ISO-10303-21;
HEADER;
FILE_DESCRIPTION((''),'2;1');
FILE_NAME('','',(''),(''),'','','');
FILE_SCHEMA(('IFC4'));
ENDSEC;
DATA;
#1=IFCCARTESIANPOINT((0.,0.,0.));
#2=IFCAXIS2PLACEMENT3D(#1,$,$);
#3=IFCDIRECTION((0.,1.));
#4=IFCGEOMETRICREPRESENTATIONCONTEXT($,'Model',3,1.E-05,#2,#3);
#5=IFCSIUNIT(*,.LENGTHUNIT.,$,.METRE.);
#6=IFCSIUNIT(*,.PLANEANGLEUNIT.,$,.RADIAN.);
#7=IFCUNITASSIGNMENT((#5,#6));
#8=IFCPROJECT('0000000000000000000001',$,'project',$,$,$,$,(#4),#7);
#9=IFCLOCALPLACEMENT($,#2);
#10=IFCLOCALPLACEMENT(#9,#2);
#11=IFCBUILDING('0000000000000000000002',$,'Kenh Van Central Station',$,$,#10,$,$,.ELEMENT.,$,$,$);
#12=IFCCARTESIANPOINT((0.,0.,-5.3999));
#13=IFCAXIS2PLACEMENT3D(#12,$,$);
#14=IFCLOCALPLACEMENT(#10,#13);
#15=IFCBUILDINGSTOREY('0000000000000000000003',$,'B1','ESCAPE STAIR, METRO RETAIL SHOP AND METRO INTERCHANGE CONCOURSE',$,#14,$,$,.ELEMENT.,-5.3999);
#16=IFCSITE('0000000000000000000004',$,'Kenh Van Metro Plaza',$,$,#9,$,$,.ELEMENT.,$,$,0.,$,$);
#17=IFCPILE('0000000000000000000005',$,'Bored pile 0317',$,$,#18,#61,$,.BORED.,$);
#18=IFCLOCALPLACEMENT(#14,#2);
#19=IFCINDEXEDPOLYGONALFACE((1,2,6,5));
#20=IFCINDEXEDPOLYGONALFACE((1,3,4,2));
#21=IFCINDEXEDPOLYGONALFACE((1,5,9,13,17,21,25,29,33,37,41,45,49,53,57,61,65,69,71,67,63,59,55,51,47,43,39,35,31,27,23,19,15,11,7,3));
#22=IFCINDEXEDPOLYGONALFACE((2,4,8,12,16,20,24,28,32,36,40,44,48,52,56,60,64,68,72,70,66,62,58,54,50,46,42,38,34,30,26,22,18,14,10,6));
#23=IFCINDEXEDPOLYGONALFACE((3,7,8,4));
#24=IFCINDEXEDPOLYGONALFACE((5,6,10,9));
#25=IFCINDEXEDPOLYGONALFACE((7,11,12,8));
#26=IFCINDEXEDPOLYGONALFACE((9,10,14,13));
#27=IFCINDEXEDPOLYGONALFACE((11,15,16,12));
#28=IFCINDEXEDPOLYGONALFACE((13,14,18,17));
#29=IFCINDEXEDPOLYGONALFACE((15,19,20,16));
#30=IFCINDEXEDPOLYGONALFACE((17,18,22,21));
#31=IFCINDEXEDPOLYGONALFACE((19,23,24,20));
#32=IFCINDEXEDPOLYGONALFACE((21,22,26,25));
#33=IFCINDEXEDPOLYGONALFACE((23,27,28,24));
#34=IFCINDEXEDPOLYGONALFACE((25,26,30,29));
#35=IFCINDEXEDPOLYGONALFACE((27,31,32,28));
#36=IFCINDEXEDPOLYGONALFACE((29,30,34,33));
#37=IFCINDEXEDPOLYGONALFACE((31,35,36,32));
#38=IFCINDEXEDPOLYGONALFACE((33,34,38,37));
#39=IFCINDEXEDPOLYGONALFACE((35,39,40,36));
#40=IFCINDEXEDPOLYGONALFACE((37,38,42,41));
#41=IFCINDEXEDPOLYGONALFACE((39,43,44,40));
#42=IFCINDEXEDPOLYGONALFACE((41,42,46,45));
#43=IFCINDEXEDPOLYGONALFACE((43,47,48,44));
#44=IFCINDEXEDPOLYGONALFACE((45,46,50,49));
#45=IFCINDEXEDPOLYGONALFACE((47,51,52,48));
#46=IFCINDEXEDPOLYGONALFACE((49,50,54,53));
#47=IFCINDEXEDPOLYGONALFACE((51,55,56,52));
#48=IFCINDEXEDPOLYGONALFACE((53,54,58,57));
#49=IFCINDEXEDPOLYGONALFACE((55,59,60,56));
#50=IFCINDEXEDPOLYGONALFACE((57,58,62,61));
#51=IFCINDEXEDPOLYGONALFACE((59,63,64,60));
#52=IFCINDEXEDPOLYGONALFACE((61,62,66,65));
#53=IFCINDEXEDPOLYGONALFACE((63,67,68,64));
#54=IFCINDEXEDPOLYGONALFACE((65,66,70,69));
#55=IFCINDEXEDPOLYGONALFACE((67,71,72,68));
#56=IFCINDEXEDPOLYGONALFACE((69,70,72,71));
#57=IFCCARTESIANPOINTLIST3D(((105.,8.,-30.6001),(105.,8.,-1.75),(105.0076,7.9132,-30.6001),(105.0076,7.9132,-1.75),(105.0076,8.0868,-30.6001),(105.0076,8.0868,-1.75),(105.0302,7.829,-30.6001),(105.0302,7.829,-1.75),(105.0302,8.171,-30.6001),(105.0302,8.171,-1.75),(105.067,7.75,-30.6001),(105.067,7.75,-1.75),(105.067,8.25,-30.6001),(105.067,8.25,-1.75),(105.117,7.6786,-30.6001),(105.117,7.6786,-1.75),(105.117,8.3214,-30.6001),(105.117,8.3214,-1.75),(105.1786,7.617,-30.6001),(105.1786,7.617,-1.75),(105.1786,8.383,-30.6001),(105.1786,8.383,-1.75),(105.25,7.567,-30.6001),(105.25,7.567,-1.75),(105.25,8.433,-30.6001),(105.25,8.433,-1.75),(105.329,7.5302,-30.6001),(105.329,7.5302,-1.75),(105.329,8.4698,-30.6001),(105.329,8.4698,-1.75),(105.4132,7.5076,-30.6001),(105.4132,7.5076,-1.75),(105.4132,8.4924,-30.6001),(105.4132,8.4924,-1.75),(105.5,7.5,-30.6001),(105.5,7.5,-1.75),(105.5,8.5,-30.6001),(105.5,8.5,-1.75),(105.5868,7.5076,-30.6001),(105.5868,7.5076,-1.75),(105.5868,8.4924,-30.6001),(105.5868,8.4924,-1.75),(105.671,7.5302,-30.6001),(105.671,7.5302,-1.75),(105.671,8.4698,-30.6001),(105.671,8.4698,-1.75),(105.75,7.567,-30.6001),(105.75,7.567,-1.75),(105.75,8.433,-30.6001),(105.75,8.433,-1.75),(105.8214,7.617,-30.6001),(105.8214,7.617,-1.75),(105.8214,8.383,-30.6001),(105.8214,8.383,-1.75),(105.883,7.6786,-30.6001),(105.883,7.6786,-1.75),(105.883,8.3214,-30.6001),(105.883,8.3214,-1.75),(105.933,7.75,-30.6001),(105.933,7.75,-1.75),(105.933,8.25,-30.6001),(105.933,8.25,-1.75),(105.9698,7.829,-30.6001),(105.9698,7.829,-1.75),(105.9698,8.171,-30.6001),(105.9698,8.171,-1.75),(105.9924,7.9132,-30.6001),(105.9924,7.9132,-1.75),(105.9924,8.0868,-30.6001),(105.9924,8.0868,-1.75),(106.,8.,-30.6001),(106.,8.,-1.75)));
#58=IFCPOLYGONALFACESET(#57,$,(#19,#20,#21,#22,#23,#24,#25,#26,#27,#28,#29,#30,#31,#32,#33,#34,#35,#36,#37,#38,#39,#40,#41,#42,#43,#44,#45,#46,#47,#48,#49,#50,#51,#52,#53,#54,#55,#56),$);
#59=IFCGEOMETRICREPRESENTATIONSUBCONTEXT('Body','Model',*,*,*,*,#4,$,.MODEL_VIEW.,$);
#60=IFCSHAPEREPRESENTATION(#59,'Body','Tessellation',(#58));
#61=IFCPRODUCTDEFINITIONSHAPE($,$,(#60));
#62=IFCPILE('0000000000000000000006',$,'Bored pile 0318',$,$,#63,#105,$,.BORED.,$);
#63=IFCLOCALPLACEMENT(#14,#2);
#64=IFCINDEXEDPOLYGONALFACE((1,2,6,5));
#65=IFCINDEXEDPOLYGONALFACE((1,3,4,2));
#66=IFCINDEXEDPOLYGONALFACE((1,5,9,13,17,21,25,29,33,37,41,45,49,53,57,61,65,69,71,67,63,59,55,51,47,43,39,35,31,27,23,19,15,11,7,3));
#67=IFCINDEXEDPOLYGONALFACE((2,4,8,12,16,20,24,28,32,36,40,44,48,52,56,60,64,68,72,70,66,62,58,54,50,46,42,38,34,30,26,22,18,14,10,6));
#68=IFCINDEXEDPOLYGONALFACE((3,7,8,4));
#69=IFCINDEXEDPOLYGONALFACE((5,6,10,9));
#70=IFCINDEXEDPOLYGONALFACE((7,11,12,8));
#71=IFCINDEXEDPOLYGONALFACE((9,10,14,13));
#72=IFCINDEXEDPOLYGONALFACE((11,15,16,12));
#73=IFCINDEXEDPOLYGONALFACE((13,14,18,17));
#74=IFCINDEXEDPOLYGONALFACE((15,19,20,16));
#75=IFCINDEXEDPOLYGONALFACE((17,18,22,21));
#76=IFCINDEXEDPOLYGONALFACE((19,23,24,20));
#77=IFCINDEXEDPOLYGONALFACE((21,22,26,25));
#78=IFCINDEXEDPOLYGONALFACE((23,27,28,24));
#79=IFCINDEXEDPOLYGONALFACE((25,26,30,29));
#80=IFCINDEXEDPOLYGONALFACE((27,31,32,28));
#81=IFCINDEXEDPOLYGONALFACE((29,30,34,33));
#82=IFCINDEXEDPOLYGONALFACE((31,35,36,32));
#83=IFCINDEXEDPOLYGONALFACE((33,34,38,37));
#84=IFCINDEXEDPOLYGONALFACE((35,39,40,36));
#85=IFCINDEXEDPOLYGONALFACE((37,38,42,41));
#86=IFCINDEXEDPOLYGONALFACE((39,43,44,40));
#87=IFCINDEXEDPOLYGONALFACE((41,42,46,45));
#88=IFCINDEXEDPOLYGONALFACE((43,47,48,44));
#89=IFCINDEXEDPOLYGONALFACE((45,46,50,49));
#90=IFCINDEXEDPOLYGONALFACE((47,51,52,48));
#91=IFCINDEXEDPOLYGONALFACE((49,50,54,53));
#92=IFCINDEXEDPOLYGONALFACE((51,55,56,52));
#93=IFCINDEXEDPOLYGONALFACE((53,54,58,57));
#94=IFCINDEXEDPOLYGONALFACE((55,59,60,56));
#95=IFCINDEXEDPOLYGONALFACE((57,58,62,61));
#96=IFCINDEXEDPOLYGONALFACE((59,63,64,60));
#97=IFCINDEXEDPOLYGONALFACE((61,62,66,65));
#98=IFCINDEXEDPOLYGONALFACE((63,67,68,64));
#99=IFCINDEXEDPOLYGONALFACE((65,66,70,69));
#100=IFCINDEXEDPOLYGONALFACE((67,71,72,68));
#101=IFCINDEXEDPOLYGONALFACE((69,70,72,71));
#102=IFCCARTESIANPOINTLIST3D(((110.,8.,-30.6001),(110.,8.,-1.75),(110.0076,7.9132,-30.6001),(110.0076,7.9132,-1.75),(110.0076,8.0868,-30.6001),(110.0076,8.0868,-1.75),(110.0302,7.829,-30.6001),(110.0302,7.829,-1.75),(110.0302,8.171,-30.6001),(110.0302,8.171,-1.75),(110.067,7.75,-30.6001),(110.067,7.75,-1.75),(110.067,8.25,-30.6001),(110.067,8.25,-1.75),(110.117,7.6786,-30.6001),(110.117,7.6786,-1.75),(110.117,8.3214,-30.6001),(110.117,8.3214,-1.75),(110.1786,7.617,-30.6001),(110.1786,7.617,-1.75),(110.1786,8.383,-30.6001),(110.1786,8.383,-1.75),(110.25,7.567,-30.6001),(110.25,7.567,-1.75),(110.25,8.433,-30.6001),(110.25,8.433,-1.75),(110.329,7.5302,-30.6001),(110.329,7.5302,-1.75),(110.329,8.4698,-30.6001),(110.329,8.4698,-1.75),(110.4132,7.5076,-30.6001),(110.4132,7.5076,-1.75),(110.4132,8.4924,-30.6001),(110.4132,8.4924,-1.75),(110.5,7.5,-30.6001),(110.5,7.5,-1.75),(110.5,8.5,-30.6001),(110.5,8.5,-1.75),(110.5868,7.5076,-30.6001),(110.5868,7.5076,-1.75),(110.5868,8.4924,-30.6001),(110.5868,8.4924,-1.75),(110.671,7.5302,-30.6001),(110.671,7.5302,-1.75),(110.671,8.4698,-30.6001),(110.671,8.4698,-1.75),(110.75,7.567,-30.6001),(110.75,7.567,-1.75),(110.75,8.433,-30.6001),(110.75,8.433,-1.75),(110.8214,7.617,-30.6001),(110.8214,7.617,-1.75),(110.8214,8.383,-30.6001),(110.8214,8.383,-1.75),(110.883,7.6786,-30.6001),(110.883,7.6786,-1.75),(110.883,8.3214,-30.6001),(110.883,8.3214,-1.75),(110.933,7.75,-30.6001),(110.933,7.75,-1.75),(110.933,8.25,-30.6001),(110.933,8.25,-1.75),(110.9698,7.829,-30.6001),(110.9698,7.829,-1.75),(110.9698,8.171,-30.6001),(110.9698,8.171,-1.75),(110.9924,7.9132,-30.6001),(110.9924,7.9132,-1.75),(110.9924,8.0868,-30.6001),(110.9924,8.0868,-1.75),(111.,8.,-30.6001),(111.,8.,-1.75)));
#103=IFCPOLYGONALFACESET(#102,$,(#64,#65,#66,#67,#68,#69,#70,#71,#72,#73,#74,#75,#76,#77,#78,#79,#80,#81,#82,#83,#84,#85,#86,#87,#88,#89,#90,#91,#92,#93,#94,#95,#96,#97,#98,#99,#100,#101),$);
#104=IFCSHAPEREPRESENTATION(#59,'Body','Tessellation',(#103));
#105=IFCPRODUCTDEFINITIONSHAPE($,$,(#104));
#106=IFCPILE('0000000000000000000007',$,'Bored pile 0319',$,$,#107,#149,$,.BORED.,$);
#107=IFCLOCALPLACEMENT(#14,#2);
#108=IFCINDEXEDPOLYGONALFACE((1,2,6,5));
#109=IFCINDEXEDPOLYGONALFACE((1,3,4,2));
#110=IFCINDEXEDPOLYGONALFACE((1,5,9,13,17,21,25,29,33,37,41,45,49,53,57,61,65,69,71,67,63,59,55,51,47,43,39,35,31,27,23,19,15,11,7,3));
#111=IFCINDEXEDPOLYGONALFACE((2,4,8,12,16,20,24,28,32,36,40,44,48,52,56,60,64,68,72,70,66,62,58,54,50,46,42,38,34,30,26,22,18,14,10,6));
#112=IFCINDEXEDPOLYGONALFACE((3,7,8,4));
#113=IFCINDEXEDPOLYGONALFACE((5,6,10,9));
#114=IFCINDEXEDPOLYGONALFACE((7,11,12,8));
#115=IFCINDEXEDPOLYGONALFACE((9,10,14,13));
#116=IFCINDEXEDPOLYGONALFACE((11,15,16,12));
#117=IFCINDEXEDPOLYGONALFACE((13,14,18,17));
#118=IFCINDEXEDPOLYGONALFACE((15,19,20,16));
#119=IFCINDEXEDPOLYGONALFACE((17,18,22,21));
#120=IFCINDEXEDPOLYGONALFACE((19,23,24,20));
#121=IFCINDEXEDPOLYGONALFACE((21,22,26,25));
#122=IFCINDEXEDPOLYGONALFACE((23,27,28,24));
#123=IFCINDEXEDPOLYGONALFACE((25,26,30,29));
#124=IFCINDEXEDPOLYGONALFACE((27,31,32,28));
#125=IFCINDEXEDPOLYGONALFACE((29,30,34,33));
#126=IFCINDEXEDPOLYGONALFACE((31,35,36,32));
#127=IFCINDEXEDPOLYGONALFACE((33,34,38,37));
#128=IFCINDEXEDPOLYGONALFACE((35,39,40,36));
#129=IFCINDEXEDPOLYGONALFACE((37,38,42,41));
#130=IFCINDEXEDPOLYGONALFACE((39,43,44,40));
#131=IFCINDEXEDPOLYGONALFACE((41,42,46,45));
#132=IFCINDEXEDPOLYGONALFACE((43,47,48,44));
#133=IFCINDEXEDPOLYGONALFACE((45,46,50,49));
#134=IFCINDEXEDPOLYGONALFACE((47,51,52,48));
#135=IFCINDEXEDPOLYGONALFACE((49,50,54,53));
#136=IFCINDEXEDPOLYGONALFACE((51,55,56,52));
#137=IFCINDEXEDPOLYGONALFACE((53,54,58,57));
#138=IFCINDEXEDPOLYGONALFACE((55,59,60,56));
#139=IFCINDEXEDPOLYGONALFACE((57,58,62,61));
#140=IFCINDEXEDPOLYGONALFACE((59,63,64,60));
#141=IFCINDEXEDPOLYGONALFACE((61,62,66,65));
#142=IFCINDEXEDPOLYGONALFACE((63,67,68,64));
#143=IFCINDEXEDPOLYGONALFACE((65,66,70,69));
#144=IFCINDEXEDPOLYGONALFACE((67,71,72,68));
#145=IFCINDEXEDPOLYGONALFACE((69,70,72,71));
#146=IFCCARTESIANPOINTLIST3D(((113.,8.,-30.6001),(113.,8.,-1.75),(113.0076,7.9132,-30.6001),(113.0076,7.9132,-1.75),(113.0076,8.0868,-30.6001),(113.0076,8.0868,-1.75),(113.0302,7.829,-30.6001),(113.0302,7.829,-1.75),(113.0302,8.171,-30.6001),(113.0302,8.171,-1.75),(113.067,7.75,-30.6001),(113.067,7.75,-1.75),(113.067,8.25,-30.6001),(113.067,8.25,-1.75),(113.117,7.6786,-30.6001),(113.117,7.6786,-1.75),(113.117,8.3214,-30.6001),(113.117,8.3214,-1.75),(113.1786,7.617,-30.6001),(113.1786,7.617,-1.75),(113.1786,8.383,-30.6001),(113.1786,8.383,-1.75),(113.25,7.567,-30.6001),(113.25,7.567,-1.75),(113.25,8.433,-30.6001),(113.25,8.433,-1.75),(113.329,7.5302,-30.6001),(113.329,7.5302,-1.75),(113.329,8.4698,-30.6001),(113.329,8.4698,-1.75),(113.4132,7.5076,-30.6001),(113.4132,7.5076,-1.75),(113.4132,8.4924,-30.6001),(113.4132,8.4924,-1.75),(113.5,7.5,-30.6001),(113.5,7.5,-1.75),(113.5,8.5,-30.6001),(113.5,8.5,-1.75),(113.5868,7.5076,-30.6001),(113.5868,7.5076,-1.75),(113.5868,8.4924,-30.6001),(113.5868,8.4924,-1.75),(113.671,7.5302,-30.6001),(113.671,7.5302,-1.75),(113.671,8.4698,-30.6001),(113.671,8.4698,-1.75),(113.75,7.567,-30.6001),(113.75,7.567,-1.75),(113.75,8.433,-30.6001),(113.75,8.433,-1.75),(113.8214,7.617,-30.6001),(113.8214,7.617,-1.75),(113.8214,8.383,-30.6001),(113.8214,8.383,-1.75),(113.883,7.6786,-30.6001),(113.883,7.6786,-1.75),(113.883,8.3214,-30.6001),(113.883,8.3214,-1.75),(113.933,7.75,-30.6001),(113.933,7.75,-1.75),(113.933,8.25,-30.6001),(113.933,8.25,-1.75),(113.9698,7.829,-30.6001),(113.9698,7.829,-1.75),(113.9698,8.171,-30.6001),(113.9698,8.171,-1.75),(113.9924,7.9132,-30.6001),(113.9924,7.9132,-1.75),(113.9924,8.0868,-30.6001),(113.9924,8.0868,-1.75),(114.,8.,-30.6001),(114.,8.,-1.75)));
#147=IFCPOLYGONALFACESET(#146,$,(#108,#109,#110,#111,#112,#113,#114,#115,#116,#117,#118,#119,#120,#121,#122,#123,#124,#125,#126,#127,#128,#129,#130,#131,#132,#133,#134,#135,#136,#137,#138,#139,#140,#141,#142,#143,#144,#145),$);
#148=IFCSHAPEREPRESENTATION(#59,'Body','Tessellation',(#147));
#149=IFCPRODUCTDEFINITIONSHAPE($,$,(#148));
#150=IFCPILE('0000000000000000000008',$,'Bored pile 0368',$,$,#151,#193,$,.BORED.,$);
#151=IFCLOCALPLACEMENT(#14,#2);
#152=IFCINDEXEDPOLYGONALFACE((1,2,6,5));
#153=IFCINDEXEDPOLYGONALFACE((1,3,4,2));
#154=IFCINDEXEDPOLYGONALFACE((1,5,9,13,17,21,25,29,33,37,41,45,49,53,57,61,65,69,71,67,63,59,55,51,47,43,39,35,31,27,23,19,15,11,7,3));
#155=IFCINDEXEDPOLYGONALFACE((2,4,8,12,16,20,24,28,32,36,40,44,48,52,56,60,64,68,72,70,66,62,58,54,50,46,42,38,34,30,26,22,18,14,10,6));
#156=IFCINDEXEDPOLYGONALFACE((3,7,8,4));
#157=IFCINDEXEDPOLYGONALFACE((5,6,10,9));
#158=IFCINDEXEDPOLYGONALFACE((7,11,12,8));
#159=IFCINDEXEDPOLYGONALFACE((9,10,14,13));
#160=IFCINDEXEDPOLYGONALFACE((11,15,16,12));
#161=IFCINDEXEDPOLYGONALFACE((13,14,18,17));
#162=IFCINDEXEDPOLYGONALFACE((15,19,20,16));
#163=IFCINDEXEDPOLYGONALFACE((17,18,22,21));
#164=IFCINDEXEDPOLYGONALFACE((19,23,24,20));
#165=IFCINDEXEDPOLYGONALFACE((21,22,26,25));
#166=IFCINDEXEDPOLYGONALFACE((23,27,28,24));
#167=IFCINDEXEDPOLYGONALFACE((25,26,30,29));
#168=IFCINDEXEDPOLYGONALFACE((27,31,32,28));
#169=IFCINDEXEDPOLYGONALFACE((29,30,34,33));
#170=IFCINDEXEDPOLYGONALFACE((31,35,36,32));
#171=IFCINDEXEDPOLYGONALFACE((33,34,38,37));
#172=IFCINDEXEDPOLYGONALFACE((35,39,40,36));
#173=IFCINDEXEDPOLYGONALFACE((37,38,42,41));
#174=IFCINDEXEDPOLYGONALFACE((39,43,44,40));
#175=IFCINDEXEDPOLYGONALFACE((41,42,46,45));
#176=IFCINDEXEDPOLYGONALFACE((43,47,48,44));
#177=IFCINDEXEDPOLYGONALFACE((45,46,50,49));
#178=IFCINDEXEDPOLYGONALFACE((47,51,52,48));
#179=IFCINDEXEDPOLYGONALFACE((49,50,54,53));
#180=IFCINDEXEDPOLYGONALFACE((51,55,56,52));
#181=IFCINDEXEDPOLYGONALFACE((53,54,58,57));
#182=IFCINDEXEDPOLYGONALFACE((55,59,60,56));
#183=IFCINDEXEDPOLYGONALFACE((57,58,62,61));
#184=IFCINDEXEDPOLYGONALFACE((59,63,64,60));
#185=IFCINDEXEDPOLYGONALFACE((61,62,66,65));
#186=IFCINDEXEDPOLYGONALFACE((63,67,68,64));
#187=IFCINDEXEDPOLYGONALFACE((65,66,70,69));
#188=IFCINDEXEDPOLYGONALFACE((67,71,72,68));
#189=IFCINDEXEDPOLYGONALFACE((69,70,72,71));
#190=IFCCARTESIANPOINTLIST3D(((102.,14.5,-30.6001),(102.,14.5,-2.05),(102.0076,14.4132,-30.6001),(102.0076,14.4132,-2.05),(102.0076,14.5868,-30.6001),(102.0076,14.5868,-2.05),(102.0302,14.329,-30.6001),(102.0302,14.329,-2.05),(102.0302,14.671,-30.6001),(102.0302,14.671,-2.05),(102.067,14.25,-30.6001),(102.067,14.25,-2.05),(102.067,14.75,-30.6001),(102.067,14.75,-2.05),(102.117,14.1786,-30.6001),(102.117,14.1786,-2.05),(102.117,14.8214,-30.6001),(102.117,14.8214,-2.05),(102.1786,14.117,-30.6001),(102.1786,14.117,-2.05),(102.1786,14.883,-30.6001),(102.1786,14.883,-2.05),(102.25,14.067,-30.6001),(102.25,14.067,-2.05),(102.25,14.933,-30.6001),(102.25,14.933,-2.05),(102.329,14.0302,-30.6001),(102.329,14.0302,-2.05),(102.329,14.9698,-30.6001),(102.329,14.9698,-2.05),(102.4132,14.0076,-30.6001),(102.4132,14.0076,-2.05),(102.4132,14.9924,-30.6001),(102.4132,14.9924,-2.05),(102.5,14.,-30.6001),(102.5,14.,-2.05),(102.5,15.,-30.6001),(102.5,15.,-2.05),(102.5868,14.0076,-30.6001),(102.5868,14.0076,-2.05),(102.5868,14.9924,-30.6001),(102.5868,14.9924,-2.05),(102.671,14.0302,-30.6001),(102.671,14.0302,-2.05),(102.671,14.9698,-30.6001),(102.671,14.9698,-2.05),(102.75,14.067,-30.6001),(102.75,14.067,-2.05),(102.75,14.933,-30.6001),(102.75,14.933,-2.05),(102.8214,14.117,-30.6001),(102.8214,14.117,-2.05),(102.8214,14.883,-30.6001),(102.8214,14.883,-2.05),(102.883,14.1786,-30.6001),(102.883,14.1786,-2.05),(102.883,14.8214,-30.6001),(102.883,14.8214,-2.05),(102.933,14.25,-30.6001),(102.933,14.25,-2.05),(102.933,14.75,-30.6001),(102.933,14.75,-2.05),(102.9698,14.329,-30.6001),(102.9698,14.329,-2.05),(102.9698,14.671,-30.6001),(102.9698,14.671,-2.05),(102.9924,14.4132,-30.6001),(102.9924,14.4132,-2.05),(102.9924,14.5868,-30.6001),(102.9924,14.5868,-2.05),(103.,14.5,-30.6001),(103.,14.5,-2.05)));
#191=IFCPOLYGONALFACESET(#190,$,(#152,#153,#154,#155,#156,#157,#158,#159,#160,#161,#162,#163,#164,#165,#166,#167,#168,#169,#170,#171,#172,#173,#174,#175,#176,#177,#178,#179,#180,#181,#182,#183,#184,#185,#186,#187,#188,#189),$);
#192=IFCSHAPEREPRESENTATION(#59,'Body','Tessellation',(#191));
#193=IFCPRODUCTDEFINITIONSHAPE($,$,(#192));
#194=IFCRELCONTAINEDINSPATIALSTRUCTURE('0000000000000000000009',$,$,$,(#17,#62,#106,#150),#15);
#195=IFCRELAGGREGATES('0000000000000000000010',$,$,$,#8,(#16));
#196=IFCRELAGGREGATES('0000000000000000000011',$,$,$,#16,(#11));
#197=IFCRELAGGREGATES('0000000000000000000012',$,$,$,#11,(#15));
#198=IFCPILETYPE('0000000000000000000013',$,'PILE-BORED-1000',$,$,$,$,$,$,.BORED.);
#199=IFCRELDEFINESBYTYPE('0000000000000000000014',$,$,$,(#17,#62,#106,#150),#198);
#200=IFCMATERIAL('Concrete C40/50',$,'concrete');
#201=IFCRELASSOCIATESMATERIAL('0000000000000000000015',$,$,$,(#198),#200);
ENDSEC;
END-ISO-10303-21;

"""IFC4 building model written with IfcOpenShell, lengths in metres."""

from ifc_helpers import new_model, si_unit, direction, frame, origin, origin_2d, place, context, subcontext, project, spatial, circle, extrude, material, material_profile, profile_set, type_object, element, save


model = new_model("IFC4")

# Units and contexts
model_context = context("Model", 3, precision=1e-05, world=origin(), true_north=direction((0.0, 1.0)))
body_context = subcontext(model_context, "Body", "Model", "MODEL_VIEW")
ifc_project = project(units=[si_unit("LENGTHUNIT", "METRE"), si_unit("PLANEANGLEUNIT", "RADIAN")], contexts=[model_context])

# Site, building, storey
site_placement = place(None, origin())
site = spatial("IfcSite", under=ifc_project, at=site_placement, Name="Kenh Van Metro Plaza", CompositionType="ELEMENT", RefElevation=0.0)
building_placement = place(site_placement, origin())
building = spatial("IfcBuilding", under=site, at=building_placement, Name="Kenh Van Central Station", CompositionType="ELEMENT")
storey_placement = place(building_placement, frame((0.0, 0.0, -5.3999)))
storey = spatial("IfcBuildingStorey", under=building, at=storey_placement, Name="B1", Description="ESCAPE STAIR, METRO RETAIL SHOP AND METRO INTERCHANGE CONCOURSE", CompositionType="ELEMENT", Elevation=-5.3999)

# Shared definitions
ifc_material_1 = material(Name="Concrete C40/50", Category="concrete")

# Piles
ifc_material_profile_1 = material_profile(ifc_material_1, circle(Radius=0.5, at=origin_2d()), Name="PILE D1000")
ifc_profile_set_1 = profile_set([ifc_material_profile_1], Name="Concrete C40/50")
pile_type = type_object("IfcPileType", Name="PILE-BORED-1000", PredefinedType="BORED", material=ifc_profile_set_1)
for number, where, z_axis, x_axis, name in (
    (1, (105.5, 8.0, -1.75), (0.0, 0.0, -1.0), (1.0, 0.0, 0.0), "Bored pile 0317"),
    (2, (110.5, 8.0, -1.75), (0.0, 0.0, -1.0), (1.0, 0.0, 0.0), "Bored pile 0318"),
    (3, (113.5, 8.0, -1.75), (0.0, 0.0, -1.0), (1.0, 0.0, 0.0), "Bored pile 0319"),
):
    element("IfcPile", number, at=place(storey_placement, frame(where, z_axis=z_axis, x_axis=x_axis)), inside=storey, type_object=pile_type, Name=name, PredefinedType="BORED", context=body_context, shape_type="SweptSolid", body=[
        extrude(circle(Radius=0.5, at=origin_2d()), origin(), (0.0, 0.0, 1.0), 28.8501),
    ])
for number, where, z_axis, x_axis, name in (
    (4, (102.5, 14.5, -2.05), (0.0, 0.0, -1.0), (1.0, 0.0, 0.0), "Bored pile 0368"),
):
    element("IfcPile", number, at=place(storey_placement, frame(where, z_axis=z_axis, x_axis=x_axis)), inside=storey, type_object=pile_type, Name=name, PredefinedType="BORED", context=body_context, shape_type="SweptSolid", body=[
        extrude(circle(Radius=0.5, at=origin_2d()), origin(), (0.0, 0.0, 1.0), 28.55),
    ])

save(model, "model.ifc")
